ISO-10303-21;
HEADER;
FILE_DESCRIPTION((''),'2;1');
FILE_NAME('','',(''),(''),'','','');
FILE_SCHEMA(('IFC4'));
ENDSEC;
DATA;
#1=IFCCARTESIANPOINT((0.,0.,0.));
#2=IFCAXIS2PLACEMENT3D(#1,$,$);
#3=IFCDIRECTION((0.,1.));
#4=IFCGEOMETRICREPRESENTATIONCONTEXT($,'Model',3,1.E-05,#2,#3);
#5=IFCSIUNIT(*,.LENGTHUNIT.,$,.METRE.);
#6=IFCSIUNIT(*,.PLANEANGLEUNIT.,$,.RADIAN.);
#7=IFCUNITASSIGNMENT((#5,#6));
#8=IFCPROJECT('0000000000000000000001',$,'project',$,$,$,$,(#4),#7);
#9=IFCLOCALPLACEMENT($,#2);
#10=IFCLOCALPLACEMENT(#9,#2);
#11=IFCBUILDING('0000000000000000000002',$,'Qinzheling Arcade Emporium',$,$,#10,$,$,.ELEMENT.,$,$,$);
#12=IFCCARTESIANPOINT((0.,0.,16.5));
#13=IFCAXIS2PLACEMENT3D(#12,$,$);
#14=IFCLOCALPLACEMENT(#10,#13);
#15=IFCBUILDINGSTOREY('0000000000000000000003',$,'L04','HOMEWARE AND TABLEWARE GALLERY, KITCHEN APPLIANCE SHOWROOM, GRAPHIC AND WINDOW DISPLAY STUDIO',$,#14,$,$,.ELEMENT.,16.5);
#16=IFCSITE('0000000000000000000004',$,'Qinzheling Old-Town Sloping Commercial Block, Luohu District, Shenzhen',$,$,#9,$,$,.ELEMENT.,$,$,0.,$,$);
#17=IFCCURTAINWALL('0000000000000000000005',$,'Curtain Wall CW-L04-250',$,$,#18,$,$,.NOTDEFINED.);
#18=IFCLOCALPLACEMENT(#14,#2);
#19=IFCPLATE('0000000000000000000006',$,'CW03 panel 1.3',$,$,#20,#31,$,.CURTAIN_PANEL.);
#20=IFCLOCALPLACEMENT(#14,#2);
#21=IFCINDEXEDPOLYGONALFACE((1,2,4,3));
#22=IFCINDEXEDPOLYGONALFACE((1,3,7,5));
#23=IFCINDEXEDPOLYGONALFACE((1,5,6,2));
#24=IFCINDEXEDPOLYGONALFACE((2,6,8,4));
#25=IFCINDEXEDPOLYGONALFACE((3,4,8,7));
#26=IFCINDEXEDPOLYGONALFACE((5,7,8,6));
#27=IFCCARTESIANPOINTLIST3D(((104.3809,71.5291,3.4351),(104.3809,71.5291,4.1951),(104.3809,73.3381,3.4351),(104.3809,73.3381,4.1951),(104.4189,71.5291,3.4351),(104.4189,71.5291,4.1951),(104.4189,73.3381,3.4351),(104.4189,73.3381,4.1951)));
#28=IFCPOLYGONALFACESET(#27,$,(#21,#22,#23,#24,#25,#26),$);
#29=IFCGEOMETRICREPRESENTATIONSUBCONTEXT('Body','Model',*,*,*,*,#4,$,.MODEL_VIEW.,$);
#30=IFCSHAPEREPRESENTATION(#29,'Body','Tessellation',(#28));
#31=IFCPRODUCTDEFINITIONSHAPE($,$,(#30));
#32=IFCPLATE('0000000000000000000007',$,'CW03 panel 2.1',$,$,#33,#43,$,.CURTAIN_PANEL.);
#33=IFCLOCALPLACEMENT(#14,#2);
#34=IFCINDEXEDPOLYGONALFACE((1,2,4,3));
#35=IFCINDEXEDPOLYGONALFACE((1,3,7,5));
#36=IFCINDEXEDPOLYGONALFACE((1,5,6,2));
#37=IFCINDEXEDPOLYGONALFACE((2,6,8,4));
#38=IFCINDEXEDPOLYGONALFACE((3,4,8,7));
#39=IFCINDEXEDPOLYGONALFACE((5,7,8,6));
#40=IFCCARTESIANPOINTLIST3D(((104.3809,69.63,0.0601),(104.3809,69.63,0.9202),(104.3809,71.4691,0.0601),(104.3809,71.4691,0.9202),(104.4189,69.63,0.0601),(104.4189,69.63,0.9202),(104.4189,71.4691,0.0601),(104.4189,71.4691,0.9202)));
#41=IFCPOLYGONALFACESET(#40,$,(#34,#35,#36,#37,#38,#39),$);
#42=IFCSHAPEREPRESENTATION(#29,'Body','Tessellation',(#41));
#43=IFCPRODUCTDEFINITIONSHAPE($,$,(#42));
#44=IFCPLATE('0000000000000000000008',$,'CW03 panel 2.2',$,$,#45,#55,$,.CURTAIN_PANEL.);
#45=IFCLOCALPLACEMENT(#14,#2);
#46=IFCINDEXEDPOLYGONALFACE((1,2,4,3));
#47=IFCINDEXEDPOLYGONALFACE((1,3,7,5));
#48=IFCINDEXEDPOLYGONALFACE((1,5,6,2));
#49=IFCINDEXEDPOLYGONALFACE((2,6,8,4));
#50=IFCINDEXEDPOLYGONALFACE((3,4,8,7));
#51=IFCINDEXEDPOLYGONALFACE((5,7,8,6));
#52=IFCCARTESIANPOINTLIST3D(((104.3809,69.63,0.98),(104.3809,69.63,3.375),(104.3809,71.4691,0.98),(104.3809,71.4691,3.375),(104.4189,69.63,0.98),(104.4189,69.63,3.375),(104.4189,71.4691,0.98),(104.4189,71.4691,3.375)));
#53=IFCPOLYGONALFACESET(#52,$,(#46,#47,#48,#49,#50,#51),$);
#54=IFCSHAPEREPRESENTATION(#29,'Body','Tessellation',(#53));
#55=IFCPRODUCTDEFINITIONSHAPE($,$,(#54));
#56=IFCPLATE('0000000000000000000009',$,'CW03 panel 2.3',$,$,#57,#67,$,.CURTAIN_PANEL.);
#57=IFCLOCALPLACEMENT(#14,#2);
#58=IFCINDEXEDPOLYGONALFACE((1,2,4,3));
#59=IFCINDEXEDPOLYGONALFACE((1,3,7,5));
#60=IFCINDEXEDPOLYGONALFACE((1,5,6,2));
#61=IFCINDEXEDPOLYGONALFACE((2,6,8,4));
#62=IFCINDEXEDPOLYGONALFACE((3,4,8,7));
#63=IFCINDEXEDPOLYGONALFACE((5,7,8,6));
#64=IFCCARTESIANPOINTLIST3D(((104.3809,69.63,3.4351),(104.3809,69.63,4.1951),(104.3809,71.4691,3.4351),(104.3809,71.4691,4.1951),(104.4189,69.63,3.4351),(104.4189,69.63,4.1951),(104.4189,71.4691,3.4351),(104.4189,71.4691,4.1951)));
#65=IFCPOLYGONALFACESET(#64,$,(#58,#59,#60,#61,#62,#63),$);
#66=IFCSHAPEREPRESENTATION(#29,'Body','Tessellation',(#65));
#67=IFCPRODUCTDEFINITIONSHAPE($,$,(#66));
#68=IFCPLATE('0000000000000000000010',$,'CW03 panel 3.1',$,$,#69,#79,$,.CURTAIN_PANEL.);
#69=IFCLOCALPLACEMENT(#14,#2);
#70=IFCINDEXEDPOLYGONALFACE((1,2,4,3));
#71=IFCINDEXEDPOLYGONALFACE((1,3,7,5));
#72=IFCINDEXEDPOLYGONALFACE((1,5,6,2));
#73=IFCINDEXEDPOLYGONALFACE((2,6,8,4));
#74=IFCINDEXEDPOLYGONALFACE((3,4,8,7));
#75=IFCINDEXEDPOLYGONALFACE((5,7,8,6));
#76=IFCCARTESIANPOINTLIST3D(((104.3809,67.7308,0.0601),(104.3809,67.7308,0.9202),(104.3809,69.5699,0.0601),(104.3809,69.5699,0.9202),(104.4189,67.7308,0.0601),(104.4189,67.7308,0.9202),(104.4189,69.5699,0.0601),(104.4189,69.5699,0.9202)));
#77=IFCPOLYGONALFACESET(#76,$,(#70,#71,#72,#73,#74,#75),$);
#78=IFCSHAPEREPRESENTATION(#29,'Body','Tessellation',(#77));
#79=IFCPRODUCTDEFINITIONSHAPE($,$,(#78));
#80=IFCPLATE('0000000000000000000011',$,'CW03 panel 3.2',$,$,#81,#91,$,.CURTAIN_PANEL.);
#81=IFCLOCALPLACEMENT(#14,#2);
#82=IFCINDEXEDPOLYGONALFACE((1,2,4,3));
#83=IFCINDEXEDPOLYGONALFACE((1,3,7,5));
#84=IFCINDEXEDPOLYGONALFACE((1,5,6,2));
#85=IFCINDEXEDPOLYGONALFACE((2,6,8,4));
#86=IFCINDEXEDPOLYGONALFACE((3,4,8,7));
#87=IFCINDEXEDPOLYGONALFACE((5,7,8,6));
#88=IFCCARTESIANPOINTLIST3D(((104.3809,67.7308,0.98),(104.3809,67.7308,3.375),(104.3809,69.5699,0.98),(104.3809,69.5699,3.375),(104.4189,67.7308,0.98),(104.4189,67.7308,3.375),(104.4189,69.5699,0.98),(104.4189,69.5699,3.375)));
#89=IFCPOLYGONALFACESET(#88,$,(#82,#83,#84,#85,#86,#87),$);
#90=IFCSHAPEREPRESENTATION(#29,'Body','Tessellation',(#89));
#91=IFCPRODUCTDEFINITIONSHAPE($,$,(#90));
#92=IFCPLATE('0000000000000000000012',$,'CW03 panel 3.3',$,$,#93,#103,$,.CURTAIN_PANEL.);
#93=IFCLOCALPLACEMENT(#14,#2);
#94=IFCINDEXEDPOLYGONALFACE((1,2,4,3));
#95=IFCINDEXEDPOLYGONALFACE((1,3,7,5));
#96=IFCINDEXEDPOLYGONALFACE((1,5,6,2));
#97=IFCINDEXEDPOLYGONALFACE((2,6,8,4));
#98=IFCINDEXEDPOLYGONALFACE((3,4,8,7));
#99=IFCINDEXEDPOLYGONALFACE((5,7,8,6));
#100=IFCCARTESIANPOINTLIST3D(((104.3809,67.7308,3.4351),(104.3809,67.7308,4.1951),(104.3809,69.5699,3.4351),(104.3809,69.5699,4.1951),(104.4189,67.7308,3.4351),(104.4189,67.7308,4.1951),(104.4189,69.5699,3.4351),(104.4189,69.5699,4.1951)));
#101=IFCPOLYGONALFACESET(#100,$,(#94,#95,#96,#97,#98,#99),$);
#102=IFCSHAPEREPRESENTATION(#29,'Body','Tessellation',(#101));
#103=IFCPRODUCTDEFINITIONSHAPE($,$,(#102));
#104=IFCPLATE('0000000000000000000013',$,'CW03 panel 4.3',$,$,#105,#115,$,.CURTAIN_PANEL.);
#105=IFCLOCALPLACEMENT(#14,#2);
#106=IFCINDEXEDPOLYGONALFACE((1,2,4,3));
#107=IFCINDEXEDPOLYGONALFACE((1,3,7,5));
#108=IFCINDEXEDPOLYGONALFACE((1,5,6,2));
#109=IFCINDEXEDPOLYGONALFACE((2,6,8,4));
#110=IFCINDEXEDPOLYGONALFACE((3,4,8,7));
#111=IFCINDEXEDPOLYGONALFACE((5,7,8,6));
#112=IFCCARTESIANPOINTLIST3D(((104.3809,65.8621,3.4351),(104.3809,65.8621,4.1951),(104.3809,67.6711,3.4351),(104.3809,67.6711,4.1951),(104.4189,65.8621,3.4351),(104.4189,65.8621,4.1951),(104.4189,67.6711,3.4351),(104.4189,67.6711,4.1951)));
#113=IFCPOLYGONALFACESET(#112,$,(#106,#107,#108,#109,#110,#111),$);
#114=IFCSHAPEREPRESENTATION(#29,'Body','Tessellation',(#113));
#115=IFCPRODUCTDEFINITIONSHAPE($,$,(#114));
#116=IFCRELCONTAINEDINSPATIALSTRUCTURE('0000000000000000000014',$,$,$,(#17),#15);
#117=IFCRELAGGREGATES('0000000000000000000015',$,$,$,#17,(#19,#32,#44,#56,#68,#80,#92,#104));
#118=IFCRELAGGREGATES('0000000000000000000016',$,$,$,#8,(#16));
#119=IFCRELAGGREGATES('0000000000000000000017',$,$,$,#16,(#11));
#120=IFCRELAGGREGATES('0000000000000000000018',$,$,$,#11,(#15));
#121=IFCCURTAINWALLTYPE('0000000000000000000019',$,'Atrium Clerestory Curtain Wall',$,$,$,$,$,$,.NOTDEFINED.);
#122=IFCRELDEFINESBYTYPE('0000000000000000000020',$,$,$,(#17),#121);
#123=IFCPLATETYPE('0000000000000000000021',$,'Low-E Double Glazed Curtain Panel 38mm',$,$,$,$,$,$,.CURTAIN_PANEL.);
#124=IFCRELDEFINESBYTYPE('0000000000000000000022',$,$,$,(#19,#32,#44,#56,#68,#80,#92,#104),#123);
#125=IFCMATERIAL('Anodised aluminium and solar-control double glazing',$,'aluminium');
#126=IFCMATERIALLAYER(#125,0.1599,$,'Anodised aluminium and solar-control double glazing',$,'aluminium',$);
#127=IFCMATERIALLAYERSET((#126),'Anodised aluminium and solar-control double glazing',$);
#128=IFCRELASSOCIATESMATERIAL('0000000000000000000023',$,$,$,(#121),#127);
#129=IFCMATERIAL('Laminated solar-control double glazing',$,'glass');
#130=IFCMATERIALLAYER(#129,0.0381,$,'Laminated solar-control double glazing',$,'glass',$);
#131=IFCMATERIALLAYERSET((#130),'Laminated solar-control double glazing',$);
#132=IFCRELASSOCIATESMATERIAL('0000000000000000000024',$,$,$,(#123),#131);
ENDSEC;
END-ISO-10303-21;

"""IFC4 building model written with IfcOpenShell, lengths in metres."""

from ifc_helpers import new_model, si_unit, direction, frame, origin, origin_2d, place, context, subcontext, project, spatial, rectangle, extrude, material, layer, layer_set, type_object, element, aggregate, save


model = new_model("IFC4")

# Units and contexts
model_context = context("Model", 3, precision=1e-05, world=origin(), true_north=direction((0.0, 1.0)))
body_context = subcontext(model_context, "Body", "Model", "MODEL_VIEW")
ifc_project = project(units=[si_unit("LENGTHUNIT", "METRE"), si_unit("PLANEANGLEUNIT", "RADIAN")], contexts=[model_context])

# Site, building, storey
site_placement = place(None, origin())
site = spatial("IfcSite", under=ifc_project, at=site_placement, Name="Qinzheling Old-Town Sloping Commercial Block, Luohu District, Shenzhen", CompositionType="ELEMENT", RefElevation=0.0)
building_placement = place(site_placement, origin())
building = spatial("IfcBuilding", under=site, at=building_placement, Name="Qinzheling Arcade Emporium", CompositionType="ELEMENT")
storey_placement = place(building_placement, frame((0.0, 0.0, 16.5)))
storey = spatial("IfcBuildingStorey", under=building, at=storey_placement, Name="L04", Description="HOMEWARE AND TABLEWARE GALLERY, KITCHEN APPLIANCE SHOWROOM, GRAPHIC AND WINDOW DISPLAY STUDIO", CompositionType="ELEMENT", Elevation=16.5)

# Curtain wall
ifc_material_1 = material(Name="Anodised aluminium and solar-control double glazing", Category="aluminium")
ifc_layer_1 = layer(ifc_material_1, 0.1599, Name="Anodised aluminium and solar-control double glazing", Category="aluminium")
ifc_layer_set_1 = layer_set([ifc_layer_1], Name="Anodised aluminium and solar-control double glazing")
curtain_wall_type = type_object("IfcCurtainWallType", Name="Atrium Clerestory Curtain Wall", PredefinedType="NOTDEFINED", material=ifc_layer_set_1)
curtain_wall_placement = place(storey_placement, origin())
curtain_wall = element("IfcCurtainWall", 1, at=curtain_wall_placement, inside=storey, type_object=curtain_wall_type, Name="Curtain Wall CW-L04-250", PredefinedType="NOTDEFINED")

# Plates
ifc_material_2 = material(Name="Laminated solar-control double glazing", Category="glass")
ifc_layer_2 = layer(ifc_material_2, 0.0381, Name="Laminated solar-control double glazing", Category="glass")
ifc_layer_set_2 = layer_set([ifc_layer_2], Name="Laminated solar-control double glazing")
plate_type_1 = type_object("IfcPlateType", Name="Low-E Double Glazed Curtain Panel 38mm", PredefinedType="CURTAIN_PANEL", material=ifc_layer_set_2)
plate_1_placement = place(storey_placement, frame((104.3999, 72.4336, 3.4351), z_axis=(0.0, 0.0, 1.0), x_axis=(0.0, -1.0, 0.0)))
plate_1 = element("IfcPlate", 2, at=plate_1_placement, type_object=plate_type_1, Name="CW03 panel 1.3", PredefinedType="CURTAIN_PANEL", context=body_context, shape_type="SweptSolid", body=[
    extrude(rectangle(XDim=1.8091, YDim=0.0381, at=origin_2d()), origin(), (0.0, 0.0, 1.0), 0.76),
])
plate_2_placement = place(storey_placement, frame((104.3999, 70.5496, 0.0601), z_axis=(0.0, 0.0, 1.0), x_axis=(0.0, -1.0, 0.0)))
plate_2 = element("IfcPlate", 3, at=plate_2_placement, type_object=plate_type_1, Name="CW03 panel 2.1", PredefinedType="CURTAIN_PANEL", context=body_context, shape_type="SweptSolid", body=[
    extrude(rectangle(XDim=1.8391, YDim=0.0381, at=origin_2d()), origin(), (0.0, 0.0, 1.0), 0.8601),
])
plate_3_placement = place(storey_placement, frame((104.3999, 70.5496, 0.98), z_axis=(0.0, 0.0, 1.0), x_axis=(0.0, -1.0, 0.0)))
plate_3 = element("IfcPlate", 4, at=plate_3_placement, type_object=plate_type_1, Name="CW03 panel 2.2", PredefinedType="CURTAIN_PANEL", context=body_context, shape_type="SweptSolid", body=[
    extrude(rectangle(XDim=1.8391, YDim=0.0381, at=origin_2d()), origin(), (0.0, 0.0, 1.0), 2.395),
])
plate_4_placement = place(storey_placement, frame((104.3999, 70.5496, 3.4351), z_axis=(0.0, 0.0, 1.0), x_axis=(0.0, -1.0, 0.0)))
plate_4 = element("IfcPlate", 5, at=plate_4_placement, type_object=plate_type_1, Name="CW03 panel 2.3", PredefinedType="CURTAIN_PANEL", context=body_context, shape_type="SweptSolid", body=[
    extrude(rectangle(XDim=1.8391, YDim=0.0381, at=origin_2d()), origin(), (0.0, 0.0, 1.0), 0.76),
])
plate_5_placement = place(storey_placement, frame((104.3999, 68.6504, 0.0601), z_axis=(0.0, 0.0, 1.0), x_axis=(0.0, -1.0, 0.0)))
plate_5 = element("IfcPlate", 6, at=plate_5_placement, type_object=plate_type_1, Name="CW03 panel 3.1", PredefinedType="CURTAIN_PANEL", context=body_context, shape_type="SweptSolid", body=[
    extrude(rectangle(XDim=1.8391, YDim=0.0381, at=origin_2d()), origin(), (0.0, 0.0, 1.0), 0.8601),
])
plate_6_placement = place(storey_placement, frame((104.3999, 68.6504, 0.98), z_axis=(0.0, 0.0, 1.0), x_axis=(0.0, -1.0, 0.0)))
plate_6 = element("IfcPlate", 7, at=plate_6_placement, type_object=plate_type_1, Name="CW03 panel 3.2", PredefinedType="CURTAIN_PANEL", context=body_context, shape_type="SweptSolid", body=[
    extrude(rectangle(XDim=1.8391, YDim=0.0381, at=origin_2d()), origin(), (0.0, 0.0, 1.0), 2.395),
])
plate_7_placement = place(storey_placement, frame((104.3999, 68.6504, 3.4351), z_axis=(0.0, 0.0, 1.0), x_axis=(0.0, -1.0, 0.0)))
plate_7 = element("IfcPlate", 8, at=plate_7_placement, type_object=plate_type_1, Name="CW03 panel 3.3", PredefinedType="CURTAIN_PANEL", context=body_context, shape_type="SweptSolid", body=[
    extrude(rectangle(XDim=1.8391, YDim=0.0381, at=origin_2d()), origin(), (0.0, 0.0, 1.0), 0.76),
])
plate_8_placement = place(storey_placement, frame((104.3999, 66.7666, 3.4351), z_axis=(0.0, 0.0, 1.0), x_axis=(0.0, -1.0, 0.0)))
plate_8 = element("IfcPlate", 9, at=plate_8_placement, type_object=plate_type_1, Name="CW03 panel 4.3", PredefinedType="CURTAIN_PANEL", context=body_context, shape_type="SweptSolid", body=[
    extrude(rectangle(XDim=1.8091, YDim=0.0381, at=origin_2d()), origin(), (0.0, 0.0, 1.0), 0.76),
])
aggregate(curtain_wall, [plate_1, plate_2, plate_3, plate_4, plate_5, plate_6, plate_7, plate_8])

save(model, "model.ifc")
